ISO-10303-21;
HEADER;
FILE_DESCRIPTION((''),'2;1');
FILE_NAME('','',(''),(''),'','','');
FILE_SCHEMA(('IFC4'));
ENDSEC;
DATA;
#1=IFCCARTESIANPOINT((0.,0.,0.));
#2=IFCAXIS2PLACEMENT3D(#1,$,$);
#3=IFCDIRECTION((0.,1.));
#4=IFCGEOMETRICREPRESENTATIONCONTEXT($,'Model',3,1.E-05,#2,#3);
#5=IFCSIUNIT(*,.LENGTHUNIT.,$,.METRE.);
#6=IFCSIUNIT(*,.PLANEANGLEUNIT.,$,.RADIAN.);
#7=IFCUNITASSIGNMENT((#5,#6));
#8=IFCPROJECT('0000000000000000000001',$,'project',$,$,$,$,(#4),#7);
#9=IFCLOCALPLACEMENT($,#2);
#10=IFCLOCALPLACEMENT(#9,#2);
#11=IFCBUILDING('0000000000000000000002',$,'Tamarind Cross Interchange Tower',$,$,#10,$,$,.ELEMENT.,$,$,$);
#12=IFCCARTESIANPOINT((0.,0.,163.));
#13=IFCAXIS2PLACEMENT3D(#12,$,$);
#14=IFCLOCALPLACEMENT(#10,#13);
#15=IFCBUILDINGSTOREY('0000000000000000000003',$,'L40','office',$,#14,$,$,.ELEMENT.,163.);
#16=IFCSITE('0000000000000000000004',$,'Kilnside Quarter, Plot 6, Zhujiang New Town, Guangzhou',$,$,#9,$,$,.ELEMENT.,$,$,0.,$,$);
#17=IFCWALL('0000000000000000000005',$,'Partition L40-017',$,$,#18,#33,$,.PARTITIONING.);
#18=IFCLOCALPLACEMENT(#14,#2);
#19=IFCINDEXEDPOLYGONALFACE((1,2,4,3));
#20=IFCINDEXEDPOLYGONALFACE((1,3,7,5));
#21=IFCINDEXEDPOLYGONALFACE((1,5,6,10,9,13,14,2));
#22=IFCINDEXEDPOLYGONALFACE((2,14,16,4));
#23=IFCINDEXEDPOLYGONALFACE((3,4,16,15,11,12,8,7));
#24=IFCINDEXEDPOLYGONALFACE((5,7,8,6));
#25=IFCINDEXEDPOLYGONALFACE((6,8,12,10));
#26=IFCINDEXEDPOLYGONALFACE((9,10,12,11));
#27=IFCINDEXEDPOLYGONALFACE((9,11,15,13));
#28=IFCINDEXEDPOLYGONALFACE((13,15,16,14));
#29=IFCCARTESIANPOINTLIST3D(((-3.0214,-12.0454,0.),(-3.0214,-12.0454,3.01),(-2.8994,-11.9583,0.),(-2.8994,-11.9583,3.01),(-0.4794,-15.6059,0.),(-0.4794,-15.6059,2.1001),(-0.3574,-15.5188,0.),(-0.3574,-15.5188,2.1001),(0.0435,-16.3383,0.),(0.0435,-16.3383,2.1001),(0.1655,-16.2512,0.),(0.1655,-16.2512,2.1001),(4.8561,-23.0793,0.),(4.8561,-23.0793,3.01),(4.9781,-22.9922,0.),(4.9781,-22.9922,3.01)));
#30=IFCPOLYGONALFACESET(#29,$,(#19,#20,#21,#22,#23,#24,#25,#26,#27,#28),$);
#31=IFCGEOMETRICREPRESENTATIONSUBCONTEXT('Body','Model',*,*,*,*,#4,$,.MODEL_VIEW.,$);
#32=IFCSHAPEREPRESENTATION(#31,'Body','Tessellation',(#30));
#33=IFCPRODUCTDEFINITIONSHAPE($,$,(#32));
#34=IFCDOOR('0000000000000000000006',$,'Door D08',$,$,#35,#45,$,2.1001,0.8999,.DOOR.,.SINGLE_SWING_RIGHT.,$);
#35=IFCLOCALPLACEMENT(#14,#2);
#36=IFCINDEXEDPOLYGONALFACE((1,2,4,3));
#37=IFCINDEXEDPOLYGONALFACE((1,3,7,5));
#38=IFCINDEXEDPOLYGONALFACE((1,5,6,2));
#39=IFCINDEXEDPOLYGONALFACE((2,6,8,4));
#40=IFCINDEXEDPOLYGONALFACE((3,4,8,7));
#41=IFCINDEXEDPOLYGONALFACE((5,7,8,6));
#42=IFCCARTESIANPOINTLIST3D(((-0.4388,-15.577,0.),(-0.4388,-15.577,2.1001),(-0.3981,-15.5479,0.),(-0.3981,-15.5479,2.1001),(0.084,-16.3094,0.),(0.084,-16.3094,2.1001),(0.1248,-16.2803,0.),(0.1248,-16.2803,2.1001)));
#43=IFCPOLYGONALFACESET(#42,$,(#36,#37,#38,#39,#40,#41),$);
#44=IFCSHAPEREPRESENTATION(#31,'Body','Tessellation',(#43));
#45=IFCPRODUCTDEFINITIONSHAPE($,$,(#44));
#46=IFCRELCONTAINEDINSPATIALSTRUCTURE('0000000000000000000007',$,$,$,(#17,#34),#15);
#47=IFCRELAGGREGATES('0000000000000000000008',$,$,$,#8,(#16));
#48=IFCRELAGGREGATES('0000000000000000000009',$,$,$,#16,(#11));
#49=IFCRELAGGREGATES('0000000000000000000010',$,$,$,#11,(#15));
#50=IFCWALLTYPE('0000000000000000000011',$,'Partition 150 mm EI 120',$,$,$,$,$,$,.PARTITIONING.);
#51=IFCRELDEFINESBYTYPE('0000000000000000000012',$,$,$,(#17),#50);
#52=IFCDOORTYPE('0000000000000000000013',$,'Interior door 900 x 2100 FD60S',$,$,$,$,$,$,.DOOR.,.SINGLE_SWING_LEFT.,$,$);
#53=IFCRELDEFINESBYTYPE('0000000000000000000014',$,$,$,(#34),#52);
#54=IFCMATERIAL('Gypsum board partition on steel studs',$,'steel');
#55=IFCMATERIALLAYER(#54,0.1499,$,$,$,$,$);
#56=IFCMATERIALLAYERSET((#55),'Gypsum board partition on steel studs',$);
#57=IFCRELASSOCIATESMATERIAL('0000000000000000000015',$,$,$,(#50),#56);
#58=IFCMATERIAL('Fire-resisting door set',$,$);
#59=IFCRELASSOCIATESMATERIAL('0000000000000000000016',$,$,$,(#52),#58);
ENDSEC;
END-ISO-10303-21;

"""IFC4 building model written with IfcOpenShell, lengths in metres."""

from ifc_helpers import new_model, si_unit, direction, frame, frame_2d, origin, place, context, subcontext, project, spatial, rectangle, extrude, material, layer, layer_set, type_object, element, fill, save


model = new_model("IFC4")

# Units and contexts
model_context = context("Model", 3, precision=1e-05, world=origin(), true_north=direction((0.0, 1.0)))
body_context = subcontext(model_context, "Body", "Model", "MODEL_VIEW")
ifc_project = project(units=[si_unit("LENGTHUNIT", "METRE"), si_unit("PLANEANGLEUNIT", "RADIAN")], contexts=[model_context])

# Site, building, storey
site_placement = place(None, origin())
site = spatial("IfcSite", under=ifc_project, at=site_placement, Name="Kilnside Quarter, Plot 6, Zhujiang New Town, Guangzhou", CompositionType="ELEMENT", RefElevation=0.0)
building_placement = place(site_placement, origin())
building = spatial("IfcBuilding", under=site, at=building_placement, Name="Tamarind Cross Interchange Tower", CompositionType="ELEMENT")
storey_placement = place(building_placement, frame((0.0, 0.0, 163.0)))
storey = spatial("IfcBuildingStorey", under=building, at=storey_placement, Name="L40", Description="office", CompositionType="ELEMENT", Elevation=163.0)

# Wall, opening, door
ifc_material_1 = material(Name="Gypsum board partition on steel studs", Category="steel")
ifc_layer_1 = layer(ifc_material_1, 0.1499)
ifc_layer_set_1 = layer_set([ifc_layer_1], Name="Gypsum board partition on steel studs")
wall_type_1 = type_object("IfcWallType", Name="Partition 150 mm EI 120", PredefinedType="PARTITIONING", material=ifc_layer_set_1)
ifc_material_2 = material(Name="Fire-resisting door set")
wall_1_placement = place(storey_placement, frame((-2.9604, -12.0017, 0.0), z_axis=(0.0, 0.0, 1.0), x_axis=(0.581046, -0.813871, 0.0)))
wall_1 = element("IfcWall", 1, at=wall_1_placement, inside=storey, type_object=wall_type_1, Name="Partition L40-017", PredefinedType="PARTITIONING", context=body_context, shape_type="SweptSolid", body=[
    extrude(rectangle(XDim=13.5574, YDim=0.1499, at=frame_2d((6.7788, 0.0))), origin(), (0.0, 0.0, 1.0), 3.01),
])
opening_1_placement = place(wall_1_placement, frame((4.375, 0.0, 0.0)))
opening_1 = element("IfcOpeningElement", 2, at=opening_1_placement, cuts=wall_1, PredefinedType="OPENING", context=body_context, shape_type="SweptSolid", body=[
    extrude(rectangle(XDim=0.8999, YDim=2.1001, at=frame_2d((0.45, 1.05))), frame((0.0, 0.085, 0.0), z_axis=(0.0, -1.0, 0.0), x_axis=(1.0, 0.0, 0.0)), (0.0, 0.0, 1.0), 0.1699),
])
door_type_1 = type_object("IfcDoorType", Name="Interior door 900 x 2100 FD60S", OperationType="SINGLE_SWING_LEFT", PredefinedType="DOOR", material=ifc_material_2)
door_1_placement = place(opening_1_placement, origin())
door_1 = element("IfcDoor", 3, at=door_1_placement, inside=storey, type_object=door_type_1, Name="Door D08", OperationType="SINGLE_SWING_RIGHT", OverallHeight=2.1001, OverallWidth=0.8999, PredefinedType="DOOR", context=body_context, shape_type="SweptSolid", body=[
    extrude(rectangle(XDim=0.8999, YDim=2.1001, at=frame_2d((0.45, 1.05))), frame((0.0, 0.0249, 0.0), z_axis=(0.0, -1.0, 0.0), x_axis=(1.0, 0.0, 0.0)), (0.0, 0.0, 1.0), 0.05),
])
fill(opening_1, door_1)

save(model, "model.ifc")
